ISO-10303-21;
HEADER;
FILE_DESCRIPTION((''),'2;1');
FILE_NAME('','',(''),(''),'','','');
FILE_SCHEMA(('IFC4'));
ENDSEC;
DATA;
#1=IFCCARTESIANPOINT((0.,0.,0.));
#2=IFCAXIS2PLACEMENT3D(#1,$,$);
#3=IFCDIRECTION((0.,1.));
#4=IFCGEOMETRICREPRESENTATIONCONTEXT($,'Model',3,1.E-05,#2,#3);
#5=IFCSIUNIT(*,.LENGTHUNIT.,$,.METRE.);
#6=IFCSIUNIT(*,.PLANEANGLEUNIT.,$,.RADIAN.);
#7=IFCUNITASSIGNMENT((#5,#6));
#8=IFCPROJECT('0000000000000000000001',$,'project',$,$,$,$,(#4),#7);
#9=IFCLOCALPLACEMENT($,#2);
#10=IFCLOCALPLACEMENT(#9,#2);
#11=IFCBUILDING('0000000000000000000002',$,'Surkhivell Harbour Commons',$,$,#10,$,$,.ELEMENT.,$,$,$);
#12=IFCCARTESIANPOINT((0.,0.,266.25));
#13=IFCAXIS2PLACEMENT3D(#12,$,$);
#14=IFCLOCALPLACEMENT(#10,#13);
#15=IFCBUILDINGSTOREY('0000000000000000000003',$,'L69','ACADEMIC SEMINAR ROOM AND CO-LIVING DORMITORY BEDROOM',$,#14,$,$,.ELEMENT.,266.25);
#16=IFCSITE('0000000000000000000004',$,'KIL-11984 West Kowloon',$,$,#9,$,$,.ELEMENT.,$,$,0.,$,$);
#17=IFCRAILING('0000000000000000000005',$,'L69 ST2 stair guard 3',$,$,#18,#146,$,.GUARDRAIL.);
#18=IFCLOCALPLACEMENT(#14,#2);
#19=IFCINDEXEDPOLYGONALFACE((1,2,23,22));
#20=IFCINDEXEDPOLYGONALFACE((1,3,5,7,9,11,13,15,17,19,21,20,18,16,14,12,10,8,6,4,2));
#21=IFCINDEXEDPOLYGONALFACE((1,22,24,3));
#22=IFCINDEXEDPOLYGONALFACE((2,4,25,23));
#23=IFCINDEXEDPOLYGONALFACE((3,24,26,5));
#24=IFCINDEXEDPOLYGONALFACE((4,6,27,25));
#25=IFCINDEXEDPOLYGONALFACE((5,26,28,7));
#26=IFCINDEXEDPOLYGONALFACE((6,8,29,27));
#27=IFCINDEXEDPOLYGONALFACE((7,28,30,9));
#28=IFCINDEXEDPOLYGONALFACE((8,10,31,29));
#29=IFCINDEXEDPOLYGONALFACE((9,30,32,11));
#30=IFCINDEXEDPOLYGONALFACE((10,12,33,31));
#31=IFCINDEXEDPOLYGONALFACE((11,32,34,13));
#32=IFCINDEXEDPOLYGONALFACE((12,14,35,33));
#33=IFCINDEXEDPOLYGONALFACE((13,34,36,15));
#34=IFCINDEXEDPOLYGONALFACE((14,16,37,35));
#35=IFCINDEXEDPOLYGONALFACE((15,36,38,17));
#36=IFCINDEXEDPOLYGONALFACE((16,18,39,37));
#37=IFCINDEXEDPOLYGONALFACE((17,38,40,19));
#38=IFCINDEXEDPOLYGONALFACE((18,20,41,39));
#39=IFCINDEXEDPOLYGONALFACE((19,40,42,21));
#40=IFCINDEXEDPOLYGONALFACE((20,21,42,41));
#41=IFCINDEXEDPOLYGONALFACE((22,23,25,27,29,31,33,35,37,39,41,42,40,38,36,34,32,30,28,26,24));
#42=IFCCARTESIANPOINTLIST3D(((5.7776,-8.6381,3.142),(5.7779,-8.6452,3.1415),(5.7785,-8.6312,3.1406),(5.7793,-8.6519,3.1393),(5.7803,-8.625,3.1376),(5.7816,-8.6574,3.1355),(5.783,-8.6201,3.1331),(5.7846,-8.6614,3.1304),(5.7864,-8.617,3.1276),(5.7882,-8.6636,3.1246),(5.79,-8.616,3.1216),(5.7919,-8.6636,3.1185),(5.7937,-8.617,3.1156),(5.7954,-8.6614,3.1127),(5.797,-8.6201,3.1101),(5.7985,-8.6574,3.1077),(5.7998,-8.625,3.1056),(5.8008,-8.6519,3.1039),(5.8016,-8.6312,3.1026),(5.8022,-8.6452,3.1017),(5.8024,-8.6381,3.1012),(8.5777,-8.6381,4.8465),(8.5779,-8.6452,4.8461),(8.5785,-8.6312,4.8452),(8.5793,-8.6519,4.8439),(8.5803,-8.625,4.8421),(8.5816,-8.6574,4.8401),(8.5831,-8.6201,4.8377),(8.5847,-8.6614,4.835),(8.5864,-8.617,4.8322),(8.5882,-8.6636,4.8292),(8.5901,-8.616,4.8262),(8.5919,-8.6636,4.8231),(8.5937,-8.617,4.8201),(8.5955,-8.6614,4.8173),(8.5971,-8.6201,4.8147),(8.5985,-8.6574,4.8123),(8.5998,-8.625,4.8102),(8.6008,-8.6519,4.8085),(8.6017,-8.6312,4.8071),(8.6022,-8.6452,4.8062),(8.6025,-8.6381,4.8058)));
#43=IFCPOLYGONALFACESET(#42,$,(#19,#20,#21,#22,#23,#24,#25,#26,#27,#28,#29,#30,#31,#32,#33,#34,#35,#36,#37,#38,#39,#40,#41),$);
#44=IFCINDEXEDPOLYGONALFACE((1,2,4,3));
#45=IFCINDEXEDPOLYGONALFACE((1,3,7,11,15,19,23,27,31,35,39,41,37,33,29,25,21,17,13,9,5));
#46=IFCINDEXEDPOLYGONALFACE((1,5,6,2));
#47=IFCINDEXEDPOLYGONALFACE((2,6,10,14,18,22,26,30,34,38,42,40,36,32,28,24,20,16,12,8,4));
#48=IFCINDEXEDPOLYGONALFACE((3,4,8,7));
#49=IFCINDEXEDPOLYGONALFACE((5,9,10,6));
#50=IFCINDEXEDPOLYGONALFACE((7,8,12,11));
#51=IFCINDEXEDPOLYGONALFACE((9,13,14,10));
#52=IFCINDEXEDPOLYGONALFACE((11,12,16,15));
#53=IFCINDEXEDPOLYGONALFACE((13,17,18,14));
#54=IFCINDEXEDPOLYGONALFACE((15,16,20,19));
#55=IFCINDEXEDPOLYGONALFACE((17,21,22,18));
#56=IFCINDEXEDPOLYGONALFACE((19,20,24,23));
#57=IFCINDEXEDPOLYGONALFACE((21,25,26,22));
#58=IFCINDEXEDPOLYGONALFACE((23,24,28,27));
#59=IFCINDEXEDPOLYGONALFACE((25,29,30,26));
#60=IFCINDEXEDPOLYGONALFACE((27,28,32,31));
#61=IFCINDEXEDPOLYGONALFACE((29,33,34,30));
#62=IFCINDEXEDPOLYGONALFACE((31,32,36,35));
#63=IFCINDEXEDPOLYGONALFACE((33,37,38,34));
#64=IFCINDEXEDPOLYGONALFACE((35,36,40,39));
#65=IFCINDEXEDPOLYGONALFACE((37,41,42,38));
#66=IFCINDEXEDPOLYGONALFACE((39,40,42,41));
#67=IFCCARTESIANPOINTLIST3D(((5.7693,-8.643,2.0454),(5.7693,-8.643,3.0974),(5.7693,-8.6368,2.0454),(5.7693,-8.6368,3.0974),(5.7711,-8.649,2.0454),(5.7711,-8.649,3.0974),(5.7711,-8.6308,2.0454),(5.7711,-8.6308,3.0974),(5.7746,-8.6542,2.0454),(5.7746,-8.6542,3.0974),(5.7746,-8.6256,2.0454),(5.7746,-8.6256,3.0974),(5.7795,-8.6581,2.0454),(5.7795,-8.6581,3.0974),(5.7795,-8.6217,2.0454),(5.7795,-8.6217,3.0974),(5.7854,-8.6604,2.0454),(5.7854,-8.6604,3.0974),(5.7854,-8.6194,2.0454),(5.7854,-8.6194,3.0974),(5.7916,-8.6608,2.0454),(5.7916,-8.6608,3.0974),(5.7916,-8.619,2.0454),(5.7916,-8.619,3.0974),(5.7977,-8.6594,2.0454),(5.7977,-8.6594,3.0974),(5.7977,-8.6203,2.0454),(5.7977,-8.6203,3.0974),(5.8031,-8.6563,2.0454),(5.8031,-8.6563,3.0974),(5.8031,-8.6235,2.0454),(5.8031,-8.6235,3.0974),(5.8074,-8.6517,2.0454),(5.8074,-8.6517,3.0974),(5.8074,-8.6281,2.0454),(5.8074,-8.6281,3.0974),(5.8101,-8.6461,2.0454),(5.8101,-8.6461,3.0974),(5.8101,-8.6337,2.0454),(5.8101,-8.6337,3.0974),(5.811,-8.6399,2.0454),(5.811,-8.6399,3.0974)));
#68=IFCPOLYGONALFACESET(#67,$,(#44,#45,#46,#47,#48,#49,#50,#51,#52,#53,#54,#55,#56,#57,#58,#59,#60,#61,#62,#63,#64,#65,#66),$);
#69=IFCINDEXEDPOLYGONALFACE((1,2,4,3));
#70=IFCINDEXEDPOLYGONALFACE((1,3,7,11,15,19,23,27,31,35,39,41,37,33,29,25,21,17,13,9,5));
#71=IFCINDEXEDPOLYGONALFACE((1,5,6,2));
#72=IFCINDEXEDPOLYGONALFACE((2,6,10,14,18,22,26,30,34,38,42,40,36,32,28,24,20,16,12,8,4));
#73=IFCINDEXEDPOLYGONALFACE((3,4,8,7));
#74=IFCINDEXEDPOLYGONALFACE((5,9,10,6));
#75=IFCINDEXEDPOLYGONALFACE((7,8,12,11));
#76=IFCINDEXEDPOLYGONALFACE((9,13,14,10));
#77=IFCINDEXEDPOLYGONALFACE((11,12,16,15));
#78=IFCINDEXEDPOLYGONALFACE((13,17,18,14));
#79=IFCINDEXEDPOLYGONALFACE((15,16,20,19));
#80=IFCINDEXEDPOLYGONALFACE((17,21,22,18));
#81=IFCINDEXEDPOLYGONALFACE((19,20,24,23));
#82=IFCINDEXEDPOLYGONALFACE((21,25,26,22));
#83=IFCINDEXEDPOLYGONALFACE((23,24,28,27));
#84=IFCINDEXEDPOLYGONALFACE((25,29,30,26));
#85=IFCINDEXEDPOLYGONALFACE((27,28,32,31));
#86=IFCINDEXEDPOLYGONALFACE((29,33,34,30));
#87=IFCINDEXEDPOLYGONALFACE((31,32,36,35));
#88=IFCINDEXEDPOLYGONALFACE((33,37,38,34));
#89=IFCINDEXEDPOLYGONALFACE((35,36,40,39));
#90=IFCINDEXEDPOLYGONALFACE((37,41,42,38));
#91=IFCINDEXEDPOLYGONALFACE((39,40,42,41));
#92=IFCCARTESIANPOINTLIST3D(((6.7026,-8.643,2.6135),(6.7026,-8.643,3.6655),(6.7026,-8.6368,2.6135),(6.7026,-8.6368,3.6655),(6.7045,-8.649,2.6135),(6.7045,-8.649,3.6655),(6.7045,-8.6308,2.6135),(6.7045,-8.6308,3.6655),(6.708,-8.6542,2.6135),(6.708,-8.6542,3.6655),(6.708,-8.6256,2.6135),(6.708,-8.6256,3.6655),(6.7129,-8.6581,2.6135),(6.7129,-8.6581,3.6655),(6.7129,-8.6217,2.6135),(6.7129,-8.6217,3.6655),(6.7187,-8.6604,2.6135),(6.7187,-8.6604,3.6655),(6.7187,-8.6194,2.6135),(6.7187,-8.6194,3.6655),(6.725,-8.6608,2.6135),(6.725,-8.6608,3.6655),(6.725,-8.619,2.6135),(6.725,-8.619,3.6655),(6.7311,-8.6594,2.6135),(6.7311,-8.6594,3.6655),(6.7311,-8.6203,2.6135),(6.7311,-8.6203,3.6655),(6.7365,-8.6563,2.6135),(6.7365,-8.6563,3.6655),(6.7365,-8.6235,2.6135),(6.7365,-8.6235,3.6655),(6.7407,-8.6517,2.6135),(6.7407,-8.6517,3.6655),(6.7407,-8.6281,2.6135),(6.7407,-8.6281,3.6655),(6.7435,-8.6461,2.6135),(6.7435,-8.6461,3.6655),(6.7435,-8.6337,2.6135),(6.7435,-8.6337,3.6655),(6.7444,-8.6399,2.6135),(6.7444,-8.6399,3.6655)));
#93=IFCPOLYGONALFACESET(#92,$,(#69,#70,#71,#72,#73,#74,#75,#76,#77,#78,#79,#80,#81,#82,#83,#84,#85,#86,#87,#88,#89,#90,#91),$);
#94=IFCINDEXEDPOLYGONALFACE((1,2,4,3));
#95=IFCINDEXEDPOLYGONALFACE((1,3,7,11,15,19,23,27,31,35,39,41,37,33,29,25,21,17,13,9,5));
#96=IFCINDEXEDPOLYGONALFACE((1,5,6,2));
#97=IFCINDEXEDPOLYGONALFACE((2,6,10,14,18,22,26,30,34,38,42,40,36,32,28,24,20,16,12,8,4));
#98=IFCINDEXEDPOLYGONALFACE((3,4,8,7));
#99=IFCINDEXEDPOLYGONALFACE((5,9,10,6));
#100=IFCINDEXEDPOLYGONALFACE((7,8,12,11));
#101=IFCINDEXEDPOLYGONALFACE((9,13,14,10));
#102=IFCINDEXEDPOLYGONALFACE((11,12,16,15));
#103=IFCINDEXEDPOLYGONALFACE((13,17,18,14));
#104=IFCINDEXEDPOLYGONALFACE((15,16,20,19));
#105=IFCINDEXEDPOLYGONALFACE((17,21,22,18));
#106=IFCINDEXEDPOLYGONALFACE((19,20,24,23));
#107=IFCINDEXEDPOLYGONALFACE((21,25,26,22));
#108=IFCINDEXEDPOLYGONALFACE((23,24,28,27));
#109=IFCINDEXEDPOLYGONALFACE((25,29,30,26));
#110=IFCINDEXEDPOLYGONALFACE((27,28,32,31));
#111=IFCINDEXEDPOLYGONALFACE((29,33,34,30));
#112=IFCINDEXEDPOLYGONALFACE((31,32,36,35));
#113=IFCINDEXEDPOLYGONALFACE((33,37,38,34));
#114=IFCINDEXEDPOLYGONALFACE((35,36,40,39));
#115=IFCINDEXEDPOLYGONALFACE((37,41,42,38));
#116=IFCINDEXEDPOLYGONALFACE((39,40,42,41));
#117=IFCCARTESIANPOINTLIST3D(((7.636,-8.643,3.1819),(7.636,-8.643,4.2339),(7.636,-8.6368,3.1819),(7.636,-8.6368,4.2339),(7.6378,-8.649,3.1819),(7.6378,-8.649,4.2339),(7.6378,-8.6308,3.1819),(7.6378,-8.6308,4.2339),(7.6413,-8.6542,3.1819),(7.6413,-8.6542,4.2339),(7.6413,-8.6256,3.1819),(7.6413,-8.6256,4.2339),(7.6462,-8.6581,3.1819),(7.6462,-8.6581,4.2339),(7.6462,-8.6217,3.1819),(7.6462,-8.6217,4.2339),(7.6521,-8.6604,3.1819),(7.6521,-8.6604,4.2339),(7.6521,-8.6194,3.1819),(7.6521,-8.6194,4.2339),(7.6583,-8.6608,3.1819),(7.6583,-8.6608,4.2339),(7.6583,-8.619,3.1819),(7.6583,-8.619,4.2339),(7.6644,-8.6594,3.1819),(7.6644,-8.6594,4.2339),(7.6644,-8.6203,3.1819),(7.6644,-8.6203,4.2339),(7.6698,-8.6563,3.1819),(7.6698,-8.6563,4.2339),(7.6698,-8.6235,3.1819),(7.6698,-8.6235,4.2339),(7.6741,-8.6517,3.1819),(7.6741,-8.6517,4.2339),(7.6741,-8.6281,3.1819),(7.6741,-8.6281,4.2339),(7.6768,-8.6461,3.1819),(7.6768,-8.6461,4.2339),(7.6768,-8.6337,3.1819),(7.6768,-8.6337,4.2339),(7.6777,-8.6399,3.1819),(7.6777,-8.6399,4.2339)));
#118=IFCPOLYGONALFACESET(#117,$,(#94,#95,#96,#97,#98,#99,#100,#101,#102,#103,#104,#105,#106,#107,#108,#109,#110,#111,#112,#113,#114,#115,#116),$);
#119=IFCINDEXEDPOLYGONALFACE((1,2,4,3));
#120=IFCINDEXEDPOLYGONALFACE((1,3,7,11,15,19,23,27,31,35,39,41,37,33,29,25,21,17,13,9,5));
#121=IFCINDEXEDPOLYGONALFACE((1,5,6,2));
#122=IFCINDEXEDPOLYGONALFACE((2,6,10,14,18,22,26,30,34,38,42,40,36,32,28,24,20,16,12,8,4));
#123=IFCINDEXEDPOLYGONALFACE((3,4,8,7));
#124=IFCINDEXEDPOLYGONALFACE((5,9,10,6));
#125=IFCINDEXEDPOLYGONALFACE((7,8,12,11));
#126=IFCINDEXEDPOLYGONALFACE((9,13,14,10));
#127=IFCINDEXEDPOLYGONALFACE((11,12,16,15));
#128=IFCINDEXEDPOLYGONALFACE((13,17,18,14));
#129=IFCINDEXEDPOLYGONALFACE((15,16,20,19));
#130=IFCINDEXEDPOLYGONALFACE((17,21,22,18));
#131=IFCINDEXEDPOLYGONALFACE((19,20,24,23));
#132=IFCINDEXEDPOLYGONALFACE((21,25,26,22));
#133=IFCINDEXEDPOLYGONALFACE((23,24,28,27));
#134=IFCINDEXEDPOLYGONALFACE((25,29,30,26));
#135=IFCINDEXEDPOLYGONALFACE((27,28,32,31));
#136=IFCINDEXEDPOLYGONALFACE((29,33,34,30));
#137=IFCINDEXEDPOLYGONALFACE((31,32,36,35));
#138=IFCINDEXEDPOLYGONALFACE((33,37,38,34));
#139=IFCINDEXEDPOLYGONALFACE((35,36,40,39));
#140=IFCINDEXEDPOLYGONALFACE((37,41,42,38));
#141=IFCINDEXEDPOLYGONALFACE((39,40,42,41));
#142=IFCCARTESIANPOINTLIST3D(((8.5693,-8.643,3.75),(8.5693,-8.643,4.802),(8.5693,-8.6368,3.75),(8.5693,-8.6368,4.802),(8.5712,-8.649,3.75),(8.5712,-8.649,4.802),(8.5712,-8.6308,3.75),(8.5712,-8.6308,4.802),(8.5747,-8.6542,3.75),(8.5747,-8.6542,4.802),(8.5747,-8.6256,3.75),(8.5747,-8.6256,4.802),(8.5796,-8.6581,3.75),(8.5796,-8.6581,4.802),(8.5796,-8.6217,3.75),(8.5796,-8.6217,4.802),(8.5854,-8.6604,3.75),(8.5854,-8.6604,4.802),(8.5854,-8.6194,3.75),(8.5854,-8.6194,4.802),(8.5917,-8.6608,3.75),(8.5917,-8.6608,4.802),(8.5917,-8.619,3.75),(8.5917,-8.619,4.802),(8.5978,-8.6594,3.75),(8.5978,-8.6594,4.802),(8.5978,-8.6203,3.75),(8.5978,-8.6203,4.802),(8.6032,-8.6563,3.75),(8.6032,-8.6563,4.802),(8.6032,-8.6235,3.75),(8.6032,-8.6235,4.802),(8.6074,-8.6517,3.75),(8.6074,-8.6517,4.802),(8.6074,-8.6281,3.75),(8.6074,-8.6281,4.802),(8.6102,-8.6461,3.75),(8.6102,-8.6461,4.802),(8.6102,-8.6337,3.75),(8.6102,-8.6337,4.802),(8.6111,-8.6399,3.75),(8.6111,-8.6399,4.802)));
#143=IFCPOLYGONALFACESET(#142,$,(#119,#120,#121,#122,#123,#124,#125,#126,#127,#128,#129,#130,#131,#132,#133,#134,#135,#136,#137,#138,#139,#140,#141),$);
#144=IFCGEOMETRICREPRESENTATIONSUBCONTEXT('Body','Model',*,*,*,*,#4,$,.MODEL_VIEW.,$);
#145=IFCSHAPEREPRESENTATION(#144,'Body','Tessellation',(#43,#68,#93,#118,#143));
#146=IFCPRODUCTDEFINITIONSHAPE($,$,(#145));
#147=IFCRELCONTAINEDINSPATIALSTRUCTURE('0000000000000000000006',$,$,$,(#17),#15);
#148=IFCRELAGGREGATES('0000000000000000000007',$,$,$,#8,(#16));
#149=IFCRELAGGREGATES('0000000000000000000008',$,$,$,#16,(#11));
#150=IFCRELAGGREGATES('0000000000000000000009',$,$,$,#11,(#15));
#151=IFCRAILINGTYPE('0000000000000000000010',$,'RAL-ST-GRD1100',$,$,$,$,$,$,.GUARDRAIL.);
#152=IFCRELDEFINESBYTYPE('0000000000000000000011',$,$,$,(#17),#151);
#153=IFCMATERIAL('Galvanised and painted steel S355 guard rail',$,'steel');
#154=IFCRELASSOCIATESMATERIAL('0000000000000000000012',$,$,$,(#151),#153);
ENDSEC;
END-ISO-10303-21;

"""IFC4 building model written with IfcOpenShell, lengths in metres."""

from ifc_helpers import new_model, si_unit, direction, frame, origin, origin_2d, place, context, subcontext, project, spatial, circle, extrude, material, type_object, element, save


model = new_model("IFC4")

# Units and contexts
model_context = context("Model", 3, precision=1e-05, world=origin(), true_north=direction((0.0, 1.0)))
body_context = subcontext(model_context, "Body", "Model", "MODEL_VIEW")
ifc_project = project(units=[si_unit("LENGTHUNIT", "METRE"), si_unit("PLANEANGLEUNIT", "RADIAN")], contexts=[model_context])

# Site, building, storey
site_placement = place(None, origin())
site = spatial("IfcSite", under=ifc_project, at=site_placement, Name="KIL-11984 West Kowloon", CompositionType="ELEMENT", RefElevation=0.0)
building_placement = place(site_placement, origin())
building = spatial("IfcBuilding", under=site, at=building_placement, Name="Surkhivell Harbour Commons", CompositionType="ELEMENT")
storey_placement = place(building_placement, frame((0.0, 0.0, 266.25)))
storey = spatial("IfcBuildingStorey", under=building, at=storey_placement, Name="L69", Description="ACADEMIC SEMINAR ROOM AND CO-LIVING DORMITORY BEDROOM", CompositionType="ELEMENT", Elevation=266.25)

# Railing
ifc_material_1 = material(Name="Galvanised and painted steel S355 guard rail", Category="steel")
railing_type_1 = type_object("IfcRailingType", Name="RAL-ST-GRD1100", PredefinedType="GUARDRAIL", material=ifc_material_1)
railing_1_placement = place(storey_placement, frame((5.79, -8.6399, 2.0454)))
element("IfcRailing", 1, at=railing_1_placement, inside=storey, type_object=railing_type_1, Name="L69 ST2 stair guard 3", PredefinedType="GUARDRAIL", context=body_context, shape_type="SweptSolid", body=[
    extrude(circle(Radius=0.0239, at=origin_2d()), frame((0.0, 0.0, 1.0762), z_axis=(0.85417, 0.0, 0.519994), x_axis=(0.0, 1.0, 0.0)), (0.0, 0.0, 1.0), 3.2781),
    extrude(circle(Radius=0.021, at=origin_2d()), origin(), (0.0, 0.0, 1.0), 1.052),
    extrude(circle(Radius=0.021, at=origin_2d()), frame((0.9333, 0.0, 0.5681)), (0.0, 0.0, 1.0), 1.052),
    extrude(circle(Radius=0.021, at=origin_2d()), frame((1.8667, 0.0, 1.1365)), (0.0, 0.0, 1.0), 1.052),
    extrude(circle(Radius=0.021, at=origin_2d()), frame((2.8, 0.0, 1.7046)), (0.0, 0.0, 1.0), 1.052),
])

save(model, "model.ifc")
